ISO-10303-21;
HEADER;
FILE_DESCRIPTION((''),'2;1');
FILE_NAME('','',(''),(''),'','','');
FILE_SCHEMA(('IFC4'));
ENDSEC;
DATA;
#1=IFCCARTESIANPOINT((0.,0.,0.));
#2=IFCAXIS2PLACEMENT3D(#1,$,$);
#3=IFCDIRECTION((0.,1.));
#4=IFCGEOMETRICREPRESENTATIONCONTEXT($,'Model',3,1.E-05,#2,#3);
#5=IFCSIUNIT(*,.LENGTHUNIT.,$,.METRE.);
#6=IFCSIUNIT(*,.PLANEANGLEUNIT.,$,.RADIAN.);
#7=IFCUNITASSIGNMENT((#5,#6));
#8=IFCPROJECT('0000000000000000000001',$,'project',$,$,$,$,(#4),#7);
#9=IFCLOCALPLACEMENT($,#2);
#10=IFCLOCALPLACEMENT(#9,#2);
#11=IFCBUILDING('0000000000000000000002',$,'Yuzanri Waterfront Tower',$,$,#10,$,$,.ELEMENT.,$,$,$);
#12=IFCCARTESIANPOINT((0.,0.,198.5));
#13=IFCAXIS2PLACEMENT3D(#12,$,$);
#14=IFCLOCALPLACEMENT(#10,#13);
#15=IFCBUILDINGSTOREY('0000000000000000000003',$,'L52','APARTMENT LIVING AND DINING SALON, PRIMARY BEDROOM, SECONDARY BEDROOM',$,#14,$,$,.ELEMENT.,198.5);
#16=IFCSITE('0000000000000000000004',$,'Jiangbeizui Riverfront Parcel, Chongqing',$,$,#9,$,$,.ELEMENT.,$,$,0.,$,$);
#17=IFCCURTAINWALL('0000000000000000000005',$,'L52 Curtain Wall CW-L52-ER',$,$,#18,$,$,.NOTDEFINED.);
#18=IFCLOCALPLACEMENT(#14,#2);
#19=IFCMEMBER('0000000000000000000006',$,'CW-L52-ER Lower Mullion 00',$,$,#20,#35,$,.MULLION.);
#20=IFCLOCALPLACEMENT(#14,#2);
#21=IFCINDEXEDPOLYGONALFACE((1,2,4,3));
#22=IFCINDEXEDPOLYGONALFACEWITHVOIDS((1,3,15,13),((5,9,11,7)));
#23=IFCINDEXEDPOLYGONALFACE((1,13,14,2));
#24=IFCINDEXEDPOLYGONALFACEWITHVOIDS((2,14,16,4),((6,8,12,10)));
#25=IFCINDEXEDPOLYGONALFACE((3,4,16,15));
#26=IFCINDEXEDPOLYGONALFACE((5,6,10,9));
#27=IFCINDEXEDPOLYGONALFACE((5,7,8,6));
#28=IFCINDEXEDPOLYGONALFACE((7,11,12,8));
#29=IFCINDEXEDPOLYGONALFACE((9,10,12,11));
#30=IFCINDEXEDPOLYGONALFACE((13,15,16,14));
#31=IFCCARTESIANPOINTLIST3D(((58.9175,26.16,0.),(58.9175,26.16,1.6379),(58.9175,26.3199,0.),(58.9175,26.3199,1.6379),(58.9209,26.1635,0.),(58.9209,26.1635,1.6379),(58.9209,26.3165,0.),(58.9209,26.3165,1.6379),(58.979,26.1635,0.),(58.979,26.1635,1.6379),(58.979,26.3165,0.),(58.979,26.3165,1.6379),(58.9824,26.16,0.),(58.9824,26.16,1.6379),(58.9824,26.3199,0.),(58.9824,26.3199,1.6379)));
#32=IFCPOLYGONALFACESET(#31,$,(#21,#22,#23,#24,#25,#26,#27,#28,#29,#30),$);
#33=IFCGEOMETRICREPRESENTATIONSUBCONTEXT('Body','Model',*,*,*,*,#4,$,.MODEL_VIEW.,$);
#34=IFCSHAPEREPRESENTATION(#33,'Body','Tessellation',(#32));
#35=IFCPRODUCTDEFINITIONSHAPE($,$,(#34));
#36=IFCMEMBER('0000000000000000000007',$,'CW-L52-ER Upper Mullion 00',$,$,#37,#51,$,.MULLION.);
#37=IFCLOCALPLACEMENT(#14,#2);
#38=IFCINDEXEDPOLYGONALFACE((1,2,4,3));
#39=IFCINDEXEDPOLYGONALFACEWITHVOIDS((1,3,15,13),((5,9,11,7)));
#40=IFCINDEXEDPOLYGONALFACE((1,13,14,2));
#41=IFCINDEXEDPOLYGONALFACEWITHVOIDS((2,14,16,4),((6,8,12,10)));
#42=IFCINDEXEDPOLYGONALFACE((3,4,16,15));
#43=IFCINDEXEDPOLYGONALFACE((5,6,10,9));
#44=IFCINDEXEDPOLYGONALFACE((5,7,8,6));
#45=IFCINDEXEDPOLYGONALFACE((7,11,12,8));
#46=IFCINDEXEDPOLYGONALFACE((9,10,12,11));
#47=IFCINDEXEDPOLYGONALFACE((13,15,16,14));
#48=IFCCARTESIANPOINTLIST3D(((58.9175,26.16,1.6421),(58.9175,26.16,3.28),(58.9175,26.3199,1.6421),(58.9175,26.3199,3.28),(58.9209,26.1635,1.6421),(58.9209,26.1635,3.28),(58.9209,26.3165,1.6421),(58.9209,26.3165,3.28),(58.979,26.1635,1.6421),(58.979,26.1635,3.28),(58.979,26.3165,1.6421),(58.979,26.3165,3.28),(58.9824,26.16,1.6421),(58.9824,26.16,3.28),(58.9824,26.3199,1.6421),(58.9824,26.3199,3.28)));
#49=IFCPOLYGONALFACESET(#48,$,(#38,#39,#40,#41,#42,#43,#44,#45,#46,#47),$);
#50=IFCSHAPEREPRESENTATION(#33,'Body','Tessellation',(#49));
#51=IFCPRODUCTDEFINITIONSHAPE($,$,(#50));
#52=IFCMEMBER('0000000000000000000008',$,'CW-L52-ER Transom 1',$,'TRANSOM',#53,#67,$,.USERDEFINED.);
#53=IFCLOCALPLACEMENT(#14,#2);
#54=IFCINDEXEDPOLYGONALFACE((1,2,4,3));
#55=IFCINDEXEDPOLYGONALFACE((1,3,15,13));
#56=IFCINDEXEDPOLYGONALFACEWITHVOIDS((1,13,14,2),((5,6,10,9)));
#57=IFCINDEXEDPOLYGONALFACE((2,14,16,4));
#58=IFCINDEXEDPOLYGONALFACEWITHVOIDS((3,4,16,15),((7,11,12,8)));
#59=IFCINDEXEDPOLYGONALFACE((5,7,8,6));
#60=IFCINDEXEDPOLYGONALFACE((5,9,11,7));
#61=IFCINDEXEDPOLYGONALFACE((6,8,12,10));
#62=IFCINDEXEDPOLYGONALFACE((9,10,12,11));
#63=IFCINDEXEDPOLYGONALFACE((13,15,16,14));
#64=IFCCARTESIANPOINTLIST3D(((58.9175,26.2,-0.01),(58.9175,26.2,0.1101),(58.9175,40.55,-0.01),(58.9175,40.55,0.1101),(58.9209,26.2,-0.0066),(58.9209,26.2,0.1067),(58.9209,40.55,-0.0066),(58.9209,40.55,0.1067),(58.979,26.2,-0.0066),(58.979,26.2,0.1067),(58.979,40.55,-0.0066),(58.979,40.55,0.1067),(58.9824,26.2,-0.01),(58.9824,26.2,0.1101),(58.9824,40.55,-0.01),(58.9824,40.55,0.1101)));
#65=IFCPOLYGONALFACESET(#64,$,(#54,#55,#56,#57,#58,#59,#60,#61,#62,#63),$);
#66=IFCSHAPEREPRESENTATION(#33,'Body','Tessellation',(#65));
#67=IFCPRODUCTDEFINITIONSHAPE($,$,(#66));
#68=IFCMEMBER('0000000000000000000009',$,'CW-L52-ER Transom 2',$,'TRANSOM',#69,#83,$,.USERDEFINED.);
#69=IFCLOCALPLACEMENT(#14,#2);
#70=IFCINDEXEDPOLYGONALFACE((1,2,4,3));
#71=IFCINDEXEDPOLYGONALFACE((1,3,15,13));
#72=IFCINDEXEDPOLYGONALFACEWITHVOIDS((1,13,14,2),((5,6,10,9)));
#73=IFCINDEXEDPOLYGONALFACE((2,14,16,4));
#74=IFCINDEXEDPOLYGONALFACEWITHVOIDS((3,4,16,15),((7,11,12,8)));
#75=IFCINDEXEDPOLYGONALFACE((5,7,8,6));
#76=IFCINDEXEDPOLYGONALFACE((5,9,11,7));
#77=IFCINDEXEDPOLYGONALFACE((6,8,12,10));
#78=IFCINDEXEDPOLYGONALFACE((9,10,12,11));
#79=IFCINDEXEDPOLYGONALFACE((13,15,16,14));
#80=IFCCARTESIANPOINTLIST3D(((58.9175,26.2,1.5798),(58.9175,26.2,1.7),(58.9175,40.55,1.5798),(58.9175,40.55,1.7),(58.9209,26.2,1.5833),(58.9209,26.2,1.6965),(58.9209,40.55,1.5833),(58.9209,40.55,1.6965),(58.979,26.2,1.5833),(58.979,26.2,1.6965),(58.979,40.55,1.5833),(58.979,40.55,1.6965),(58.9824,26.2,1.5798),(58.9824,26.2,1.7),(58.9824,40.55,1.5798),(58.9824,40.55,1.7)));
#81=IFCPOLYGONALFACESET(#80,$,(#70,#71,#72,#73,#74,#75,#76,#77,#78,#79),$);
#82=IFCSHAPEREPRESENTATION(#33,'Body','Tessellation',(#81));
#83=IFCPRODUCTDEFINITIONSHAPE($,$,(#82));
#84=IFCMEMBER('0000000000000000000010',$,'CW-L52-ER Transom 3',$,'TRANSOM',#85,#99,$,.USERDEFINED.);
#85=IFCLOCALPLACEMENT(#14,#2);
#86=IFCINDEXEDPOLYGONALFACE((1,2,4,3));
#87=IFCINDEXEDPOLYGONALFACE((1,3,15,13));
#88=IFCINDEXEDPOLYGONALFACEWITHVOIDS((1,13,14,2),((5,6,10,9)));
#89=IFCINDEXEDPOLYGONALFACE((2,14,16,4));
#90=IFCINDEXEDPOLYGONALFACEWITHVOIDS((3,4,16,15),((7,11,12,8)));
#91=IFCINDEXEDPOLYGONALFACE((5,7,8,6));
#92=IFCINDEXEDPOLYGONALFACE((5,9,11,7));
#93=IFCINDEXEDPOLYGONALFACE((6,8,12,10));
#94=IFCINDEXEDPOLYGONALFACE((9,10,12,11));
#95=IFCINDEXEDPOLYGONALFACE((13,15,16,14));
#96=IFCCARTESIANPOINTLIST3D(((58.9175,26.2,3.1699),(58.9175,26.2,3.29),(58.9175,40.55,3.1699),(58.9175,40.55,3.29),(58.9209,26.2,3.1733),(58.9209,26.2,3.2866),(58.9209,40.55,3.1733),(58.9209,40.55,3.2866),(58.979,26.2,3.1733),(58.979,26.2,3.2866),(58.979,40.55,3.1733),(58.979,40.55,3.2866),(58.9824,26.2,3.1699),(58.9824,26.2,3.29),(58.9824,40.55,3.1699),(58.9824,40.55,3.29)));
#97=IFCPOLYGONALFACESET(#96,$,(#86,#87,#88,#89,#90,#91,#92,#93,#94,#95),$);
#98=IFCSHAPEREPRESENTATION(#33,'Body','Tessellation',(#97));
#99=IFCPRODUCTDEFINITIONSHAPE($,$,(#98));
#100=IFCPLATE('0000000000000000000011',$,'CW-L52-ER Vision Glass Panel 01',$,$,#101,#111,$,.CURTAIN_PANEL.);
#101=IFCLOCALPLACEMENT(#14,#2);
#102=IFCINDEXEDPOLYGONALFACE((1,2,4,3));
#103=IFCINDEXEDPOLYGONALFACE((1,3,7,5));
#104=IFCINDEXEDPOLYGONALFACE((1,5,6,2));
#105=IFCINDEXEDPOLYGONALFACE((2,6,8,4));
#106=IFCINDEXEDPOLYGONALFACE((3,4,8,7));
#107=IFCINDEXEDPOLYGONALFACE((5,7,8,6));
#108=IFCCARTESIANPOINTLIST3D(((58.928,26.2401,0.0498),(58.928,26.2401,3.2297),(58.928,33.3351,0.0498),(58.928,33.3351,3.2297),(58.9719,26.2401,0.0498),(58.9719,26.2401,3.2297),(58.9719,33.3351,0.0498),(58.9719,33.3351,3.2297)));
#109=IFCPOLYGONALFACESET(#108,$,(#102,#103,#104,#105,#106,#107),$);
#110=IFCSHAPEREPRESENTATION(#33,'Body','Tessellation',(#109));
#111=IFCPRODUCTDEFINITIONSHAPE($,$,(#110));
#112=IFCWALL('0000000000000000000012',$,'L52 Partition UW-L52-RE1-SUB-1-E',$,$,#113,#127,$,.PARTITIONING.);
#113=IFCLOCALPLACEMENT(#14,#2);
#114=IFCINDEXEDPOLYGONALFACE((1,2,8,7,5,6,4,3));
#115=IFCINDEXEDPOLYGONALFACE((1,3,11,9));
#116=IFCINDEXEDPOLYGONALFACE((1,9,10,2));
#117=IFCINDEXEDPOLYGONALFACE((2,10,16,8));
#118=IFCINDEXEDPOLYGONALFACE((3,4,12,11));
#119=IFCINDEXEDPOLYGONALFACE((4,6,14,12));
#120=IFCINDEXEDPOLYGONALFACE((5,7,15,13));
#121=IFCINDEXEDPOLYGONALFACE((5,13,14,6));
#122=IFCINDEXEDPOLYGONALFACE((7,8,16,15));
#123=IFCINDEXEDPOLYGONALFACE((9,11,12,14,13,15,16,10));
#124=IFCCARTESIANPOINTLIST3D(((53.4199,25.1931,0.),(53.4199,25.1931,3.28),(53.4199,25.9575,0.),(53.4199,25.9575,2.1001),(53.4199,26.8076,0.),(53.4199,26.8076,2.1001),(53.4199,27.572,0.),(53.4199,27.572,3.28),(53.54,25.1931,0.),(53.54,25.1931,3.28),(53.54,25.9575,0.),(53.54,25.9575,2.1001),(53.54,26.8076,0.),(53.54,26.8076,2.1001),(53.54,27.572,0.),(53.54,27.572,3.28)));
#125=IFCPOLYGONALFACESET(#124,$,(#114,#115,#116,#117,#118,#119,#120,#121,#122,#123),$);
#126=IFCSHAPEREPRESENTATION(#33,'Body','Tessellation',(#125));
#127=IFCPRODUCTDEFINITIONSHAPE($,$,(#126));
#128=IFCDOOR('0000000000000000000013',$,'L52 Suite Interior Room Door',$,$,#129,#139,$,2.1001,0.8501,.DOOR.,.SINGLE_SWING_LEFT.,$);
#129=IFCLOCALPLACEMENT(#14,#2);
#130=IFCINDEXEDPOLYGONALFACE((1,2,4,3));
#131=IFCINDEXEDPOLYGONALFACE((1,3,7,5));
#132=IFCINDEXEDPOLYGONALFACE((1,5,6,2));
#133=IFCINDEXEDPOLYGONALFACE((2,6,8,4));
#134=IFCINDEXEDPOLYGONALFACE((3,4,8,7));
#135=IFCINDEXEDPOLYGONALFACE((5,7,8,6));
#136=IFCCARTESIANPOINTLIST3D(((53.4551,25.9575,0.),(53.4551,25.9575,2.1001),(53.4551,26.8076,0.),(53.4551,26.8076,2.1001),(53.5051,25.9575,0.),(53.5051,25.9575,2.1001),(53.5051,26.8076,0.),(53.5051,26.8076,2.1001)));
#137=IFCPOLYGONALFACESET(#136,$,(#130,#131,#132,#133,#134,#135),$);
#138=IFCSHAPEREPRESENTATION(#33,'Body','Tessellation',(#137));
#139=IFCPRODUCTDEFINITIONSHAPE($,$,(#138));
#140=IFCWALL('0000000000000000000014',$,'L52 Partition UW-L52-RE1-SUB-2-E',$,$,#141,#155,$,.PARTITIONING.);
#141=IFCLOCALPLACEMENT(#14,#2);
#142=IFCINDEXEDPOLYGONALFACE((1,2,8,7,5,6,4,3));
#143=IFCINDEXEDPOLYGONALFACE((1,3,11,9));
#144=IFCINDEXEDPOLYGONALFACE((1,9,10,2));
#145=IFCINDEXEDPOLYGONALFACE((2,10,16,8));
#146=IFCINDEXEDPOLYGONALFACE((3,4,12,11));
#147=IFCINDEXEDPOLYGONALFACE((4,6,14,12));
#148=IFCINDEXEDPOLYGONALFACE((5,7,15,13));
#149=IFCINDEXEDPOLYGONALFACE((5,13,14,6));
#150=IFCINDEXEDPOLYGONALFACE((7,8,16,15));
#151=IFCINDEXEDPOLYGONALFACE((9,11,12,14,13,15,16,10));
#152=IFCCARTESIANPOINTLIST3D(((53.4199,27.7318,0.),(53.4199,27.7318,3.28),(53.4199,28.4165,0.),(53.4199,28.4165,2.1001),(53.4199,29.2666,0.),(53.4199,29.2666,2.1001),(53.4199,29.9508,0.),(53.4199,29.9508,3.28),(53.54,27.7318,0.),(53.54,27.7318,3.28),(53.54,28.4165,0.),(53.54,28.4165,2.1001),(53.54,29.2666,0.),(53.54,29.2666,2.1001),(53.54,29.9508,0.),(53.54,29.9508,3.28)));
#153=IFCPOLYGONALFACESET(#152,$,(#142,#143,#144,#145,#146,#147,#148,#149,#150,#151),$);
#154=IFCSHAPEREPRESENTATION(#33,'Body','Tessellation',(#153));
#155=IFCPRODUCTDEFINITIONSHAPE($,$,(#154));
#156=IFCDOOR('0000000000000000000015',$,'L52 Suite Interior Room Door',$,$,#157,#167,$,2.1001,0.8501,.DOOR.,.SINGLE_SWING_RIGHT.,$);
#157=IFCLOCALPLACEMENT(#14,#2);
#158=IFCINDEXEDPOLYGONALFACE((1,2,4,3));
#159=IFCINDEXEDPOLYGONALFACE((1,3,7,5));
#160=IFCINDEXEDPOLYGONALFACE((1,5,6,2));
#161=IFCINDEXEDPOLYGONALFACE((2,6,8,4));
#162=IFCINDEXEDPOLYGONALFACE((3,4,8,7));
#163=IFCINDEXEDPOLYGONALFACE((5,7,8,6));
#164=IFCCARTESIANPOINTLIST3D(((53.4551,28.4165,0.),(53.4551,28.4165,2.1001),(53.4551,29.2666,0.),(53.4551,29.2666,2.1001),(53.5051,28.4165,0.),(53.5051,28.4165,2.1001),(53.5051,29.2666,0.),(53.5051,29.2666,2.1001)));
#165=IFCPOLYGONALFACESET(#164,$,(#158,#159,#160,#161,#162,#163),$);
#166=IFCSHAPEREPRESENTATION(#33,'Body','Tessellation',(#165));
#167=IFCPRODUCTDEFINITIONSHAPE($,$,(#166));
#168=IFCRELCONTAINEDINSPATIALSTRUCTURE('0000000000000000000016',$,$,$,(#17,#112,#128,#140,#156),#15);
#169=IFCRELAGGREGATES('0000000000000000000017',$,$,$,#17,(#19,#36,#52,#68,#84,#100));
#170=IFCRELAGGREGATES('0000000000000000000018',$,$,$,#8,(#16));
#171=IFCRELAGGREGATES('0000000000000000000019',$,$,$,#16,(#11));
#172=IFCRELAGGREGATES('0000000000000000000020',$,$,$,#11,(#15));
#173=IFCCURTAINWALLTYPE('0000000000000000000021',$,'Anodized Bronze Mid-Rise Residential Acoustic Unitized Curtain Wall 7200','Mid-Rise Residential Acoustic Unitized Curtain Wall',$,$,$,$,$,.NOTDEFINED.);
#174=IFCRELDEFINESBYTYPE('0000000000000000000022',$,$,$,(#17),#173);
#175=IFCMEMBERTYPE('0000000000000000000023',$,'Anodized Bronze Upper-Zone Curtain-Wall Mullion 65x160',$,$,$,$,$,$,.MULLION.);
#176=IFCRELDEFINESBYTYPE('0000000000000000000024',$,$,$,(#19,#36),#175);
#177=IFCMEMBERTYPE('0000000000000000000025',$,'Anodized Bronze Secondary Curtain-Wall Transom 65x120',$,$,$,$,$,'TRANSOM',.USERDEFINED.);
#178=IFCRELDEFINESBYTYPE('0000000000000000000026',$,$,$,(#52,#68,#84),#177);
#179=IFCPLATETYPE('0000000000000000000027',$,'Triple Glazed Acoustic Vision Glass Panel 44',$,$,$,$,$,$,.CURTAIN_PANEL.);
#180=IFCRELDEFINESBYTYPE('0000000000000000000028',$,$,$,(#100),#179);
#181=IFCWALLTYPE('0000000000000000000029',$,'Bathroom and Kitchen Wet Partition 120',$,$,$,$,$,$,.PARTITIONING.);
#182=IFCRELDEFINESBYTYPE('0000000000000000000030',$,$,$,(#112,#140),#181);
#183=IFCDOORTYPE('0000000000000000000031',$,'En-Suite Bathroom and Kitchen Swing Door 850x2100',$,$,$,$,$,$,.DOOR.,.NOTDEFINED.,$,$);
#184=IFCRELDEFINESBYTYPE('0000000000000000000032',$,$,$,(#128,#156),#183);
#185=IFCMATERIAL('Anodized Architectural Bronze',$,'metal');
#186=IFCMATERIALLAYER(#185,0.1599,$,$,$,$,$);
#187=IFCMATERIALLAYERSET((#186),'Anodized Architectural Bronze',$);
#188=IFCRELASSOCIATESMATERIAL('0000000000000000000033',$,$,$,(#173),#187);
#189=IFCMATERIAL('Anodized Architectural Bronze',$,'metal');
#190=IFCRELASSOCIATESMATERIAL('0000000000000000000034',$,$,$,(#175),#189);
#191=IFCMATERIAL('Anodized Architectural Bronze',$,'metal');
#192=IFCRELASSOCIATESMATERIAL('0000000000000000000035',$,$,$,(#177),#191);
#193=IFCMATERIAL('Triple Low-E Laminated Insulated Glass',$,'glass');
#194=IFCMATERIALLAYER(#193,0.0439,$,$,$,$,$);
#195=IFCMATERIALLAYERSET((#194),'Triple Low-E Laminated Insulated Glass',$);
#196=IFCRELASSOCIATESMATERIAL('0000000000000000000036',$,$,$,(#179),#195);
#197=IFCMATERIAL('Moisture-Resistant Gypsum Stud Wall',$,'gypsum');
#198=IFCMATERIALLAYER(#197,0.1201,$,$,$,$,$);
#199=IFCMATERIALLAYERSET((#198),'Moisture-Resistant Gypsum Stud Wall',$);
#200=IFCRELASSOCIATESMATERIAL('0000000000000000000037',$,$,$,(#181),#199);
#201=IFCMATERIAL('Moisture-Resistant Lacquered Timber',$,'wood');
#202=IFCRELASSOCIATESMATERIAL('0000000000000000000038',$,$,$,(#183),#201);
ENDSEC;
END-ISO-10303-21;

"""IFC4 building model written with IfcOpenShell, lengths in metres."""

from ifc_helpers import new_model, si_unit, direction, frame, frame_2d, origin, origin_2d, place, context, subcontext, project, spatial, rectangle, hollow_rectangle, extrude, source, transform, mapped, material, layer, layer_set, material_profile, profile_set, type_object, element, fill, aggregate, save


model = new_model("IFC4")

# Units and contexts
model_context = context("Model", 3, precision=1e-05, world=origin(), true_north=direction((0.0, 1.0)))
body_context = subcontext(model_context, "Body", "Model", "MODEL_VIEW")
ifc_project = project(units=[si_unit("LENGTHUNIT", "METRE"), si_unit("PLANEANGLEUNIT", "RADIAN")], contexts=[model_context])

# Site, building, storey
site_placement = place(None, origin())
site = spatial("IfcSite", under=ifc_project, at=site_placement, Name="Jiangbeizui Riverfront Parcel, Chongqing", CompositionType="ELEMENT", RefElevation=0.0)
building_placement = place(site_placement, origin())
building = spatial("IfcBuilding", under=site, at=building_placement, Name="Yuzanri Waterfront Tower", CompositionType="ELEMENT")
storey_placement = place(building_placement, frame((0.0, 0.0, 198.5)))
storey = spatial("IfcBuildingStorey", under=building, at=storey_placement, Name="L52", Description="APARTMENT LIVING AND DINING SALON, PRIMARY BEDROOM, SECONDARY BEDROOM", CompositionType="ELEMENT", Elevation=198.5)

# Shared definitions
ifc_material_1 = material(Name="Anodized Architectural Bronze", Category="metal")
ifc_layer_1 = layer(ifc_material_1, 0.1599)
ifc_layer_set_1 = layer_set([ifc_layer_1], Name="Anodized Architectural Bronze")
curtain_wall_type = type_object("IfcCurtainWallType", Name="Anodized Bronze Mid-Rise Residential Acoustic Unitized Curtain Wall 7200", Description="Mid-Rise Residential Acoustic Unitized Curtain Wall", PredefinedType="NOTDEFINED", material=ifc_layer_set_1)
ifc_material_2 = material(Name="Anodized Architectural Bronze", Category="metal")
ifc_material_profile_1 = material_profile(ifc_material_2, hollow_rectangle(XDim=0.0649, YDim=0.1599, WallThickness=0.0034, at=origin_2d()), Name="CWM 65x160")
ifc_profile_set_1 = profile_set([ifc_material_profile_1], Name="Anodized Architectural Bronze")
member_type_1 = type_object("IfcMemberType", Name="Anodized Bronze Upper-Zone Curtain-Wall Mullion 65x160", PredefinedType="MULLION", material=ifc_profile_set_1)
shared_shape_1 = source(origin(), body_context, "Body", "SweptSolid", [
    extrude(hollow_rectangle(XDim=0.0649, YDim=0.1599, WallThickness=0.0034, at=origin_2d()), origin(), (0.0, 0.0, 1.0), 1.6379),
])

# Curtain wall, members, plate
curtain_wall_1_placement = place(storey_placement, origin())
curtain_wall_1 = element("IfcCurtainWall", 1, at=curtain_wall_1_placement, inside=storey, type_object=curtain_wall_type, Name="L52 Curtain Wall CW-L52-ER", PredefinedType="NOTDEFINED")
member_1_placement = place(storey_placement, frame((58.95, 26.24, 0.0), z_axis=(0.0, 0.0, 1.0), x_axis=(1.0, 0.0, 0.0)))
member_1 = element("IfcMember", 2, at=member_1_placement, type_object=member_type_1, Name="CW-L52-ER Lower Mullion 00", PredefinedType="MULLION", context=body_context, shape_type="MappedRepresentation", body=[
    mapped(shared_shape_1, transform((0.0, 0.0, 0.0), scale=1.0)),
])
member_2_placement = place(storey_placement, frame((58.95, 26.24, 1.6421), z_axis=(0.0, 0.0, 1.0), x_axis=(1.0, 0.0, 0.0)))
member_2 = element("IfcMember", 3, at=member_2_placement, type_object=member_type_1, Name="CW-L52-ER Upper Mullion 00", PredefinedType="MULLION", context=body_context, shape_type="MappedRepresentation", body=[
    mapped(shared_shape_1, transform((0.0, 0.0, 0.0), scale=1.0)),
])
ifc_material_3 = material(Name="Anodized Architectural Bronze", Category="metal")
ifc_material_profile_2 = material_profile(ifc_material_3, hollow_rectangle(XDim=0.0649, YDim=0.1201, WallThickness=0.0034, at=origin_2d()), Name="CWT 65x120")
ifc_profile_set_2 = profile_set([ifc_material_profile_2], Name="Anodized Architectural Bronze")
member_type_2 = type_object("IfcMemberType", Name="Anodized Bronze Secondary Curtain-Wall Transom 65x120", ElementType="TRANSOM", PredefinedType="USERDEFINED", material=ifc_profile_set_2)
shared_shape_2 = source(origin(), body_context, "Body", "SweptSolid", [
    extrude(hollow_rectangle(XDim=0.0649, YDim=0.1201, WallThickness=0.0034, at=origin_2d()), origin(), (0.0, 0.0, 1.0), 14.3501),
])
member_3_placement = place(storey_placement, frame((58.95, 26.2, 0.05), z_axis=(0.0, 1.0, 0.0), x_axis=(-1.0, 0.0, 0.0)))
member_3 = element("IfcMember", 4, at=member_3_placement, type_object=member_type_2, Name="CW-L52-ER Transom 1", ObjectType="TRANSOM", PredefinedType="USERDEFINED", context=body_context, shape_type="MappedRepresentation", body=[
    mapped(shared_shape_2, transform((0.0, 0.0, 0.0), scale=1.0)),
])
member_4_placement = place(storey_placement, frame((58.95, 26.2, 1.6399), z_axis=(0.0, 1.0, 0.0), x_axis=(-1.0, 0.0, 0.0)))
member_4 = element("IfcMember", 5, at=member_4_placement, type_object=member_type_2, Name="CW-L52-ER Transom 2", ObjectType="TRANSOM", PredefinedType="USERDEFINED", context=body_context, shape_type="MappedRepresentation", body=[
    mapped(shared_shape_2, transform((0.0, 0.0, 0.0), scale=1.0)),
])
member_5_placement = place(storey_placement, frame((58.95, 26.2, 3.23), z_axis=(0.0, 1.0, 0.0), x_axis=(-1.0, 0.0, 0.0)))
member_5 = element("IfcMember", 6, at=member_5_placement, type_object=member_type_2, Name="CW-L52-ER Transom 3", ObjectType="TRANSOM", PredefinedType="USERDEFINED", context=body_context, shape_type="MappedRepresentation", body=[
    mapped(shared_shape_2, transform((0.0, 0.0, 0.0), scale=1.0)),
])
ifc_material_4 = material(Name="Triple Low-E Laminated Insulated Glass", Category="glass")
ifc_layer_2 = layer(ifc_material_4, 0.0439)
ifc_layer_set_2 = layer_set([ifc_layer_2], Name="Triple Low-E Laminated Insulated Glass")
plate_type = type_object("IfcPlateType", Name="Triple Glazed Acoustic Vision Glass Panel 44", PredefinedType="CURTAIN_PANEL", material=ifc_layer_set_2)
shared_shape_3 = source(origin(), body_context, "Body", "SweptSolid", [
    extrude(rectangle(XDim=7.095, YDim=0.0439, at=origin_2d()), origin(), (0.0, 0.0, 1.0), 3.1799),
])
plate_placement = place(storey_placement, frame((58.95, 29.7876, 0.0498), z_axis=(0.0, 0.0, 1.0), x_axis=(0.0, 1.0, 0.0)))
plate = element("IfcPlate", 7, at=plate_placement, type_object=plate_type, Name="CW-L52-ER Vision Glass Panel 01", PredefinedType="CURTAIN_PANEL", context=body_context, shape_type="MappedRepresentation", body=[
    mapped(shared_shape_3, transform((0.0, 0.0, 0.0), scale=1.0)),
])
aggregate(curtain_wall_1, [member_1, member_2, member_3, member_4, member_5, plate])

# Walls, openings, doors
ifc_material_5 = material(Name="Moisture-Resistant Gypsum Stud Wall", Category="gypsum")
ifc_layer_3 = layer(ifc_material_5, 0.1201)
ifc_layer_set_3 = layer_set([ifc_layer_3], Name="Moisture-Resistant Gypsum Stud Wall")
wall_type_1 = type_object("IfcWallType", Name="Bathroom and Kitchen Wet Partition 120", PredefinedType="PARTITIONING", material=ifc_layer_set_3)
wall_1_placement = place(storey_placement, frame((53.48, 25.1931, 0.0), z_axis=(0.0, 0.0, 1.0), x_axis=(0.0, 1.0, 0.0)))
wall_1 = element("IfcWall", 8, at=wall_1_placement, inside=storey, type_object=wall_type_1, Name="L52 Partition UW-L52-RE1-SUB-1-E", PredefinedType="PARTITIONING", context=body_context, shape_type="SweptSolid", body=[
    extrude(rectangle(XDim=2.3789, YDim=0.1201, at=frame_2d((1.1895, 0.0))), origin(), (0.0, 0.0, 1.0), 3.28),
])
opening_1_placement = place(wall_1_placement, frame((0.7644, 0.0, 0.0)))
opening_1 = element("IfcOpeningElement", 9, at=opening_1_placement, cuts=wall_1, PredefinedType="OPENING", context=body_context, shape_type="SweptSolid", body=[
    extrude(rectangle(XDim=0.8501, YDim=2.1001, at=frame_2d((0.425, 1.05))), frame((0.0, 0.075, 0.0), z_axis=(0.0, -1.0, 0.0), x_axis=(1.0, 0.0, 0.0)), (0.0, 0.0, 1.0), 0.1499),
])
ifc_material_6 = material(Name="Moisture-Resistant Lacquered Timber", Category="wood")
door_type_1 = type_object("IfcDoorType", Name="En-Suite Bathroom and Kitchen Swing Door 850x2100", OperationType="NOTDEFINED", PredefinedType="DOOR", material=ifc_material_6)
shared_shape_4 = source(origin(), body_context, "Body", "SweptSolid", [
    extrude(rectangle(XDim=0.8501, YDim=2.1001, at=frame_2d((0.425, 1.05))), frame((0.0, 0.0249, 0.0), z_axis=(0.0, -1.0, 0.0), x_axis=(1.0, 0.0, 0.0)), (0.0, 0.0, 1.0), 0.05),
])
door_1_placement = place(opening_1_placement, origin())
door_1 = element("IfcDoor", 10, at=door_1_placement, inside=storey, type_object=door_type_1, Name="L52 Suite Interior Room Door", OperationType="SINGLE_SWING_LEFT", OverallHeight=2.1001, OverallWidth=0.8501, PredefinedType="DOOR", context=body_context, shape_type="MappedRepresentation", body=[
    mapped(shared_shape_4, transform((0.0, 0.0, 0.0), scale=1.0)),
])
fill(opening_1, door_1)
wall_2_placement = place(storey_placement, frame((53.48, 27.7319, 0.0), z_axis=(0.0, 0.0, 1.0), x_axis=(0.0, 1.0, 0.0)))
wall_2 = element("IfcWall", 11, at=wall_2_placement, inside=storey, type_object=wall_type_1, Name="L52 Partition UW-L52-RE1-SUB-2-E", PredefinedType="PARTITIONING", context=body_context, shape_type="SweptSolid", body=[
    extrude(rectangle(XDim=2.219, YDim=0.1201, at=frame_2d((1.1094, 0.0))), origin(), (0.0, 0.0, 1.0), 3.28),
])
opening_2_placement = place(wall_2_placement, frame((0.6846, 0.0, 0.0)))
opening_2 = element("IfcOpeningElement", 12, at=opening_2_placement, cuts=wall_2, PredefinedType="OPENING", context=body_context, shape_type="SweptSolid", body=[
    extrude(rectangle(XDim=0.8501, YDim=2.1001, at=frame_2d((0.425, 1.05))), frame((0.0, 0.075, 0.0), z_axis=(0.0, -1.0, 0.0), x_axis=(1.0, 0.0, 0.0)), (0.0, 0.0, 1.0), 0.1499),
])
door_2_placement = place(opening_2_placement, origin())
door_2 = element("IfcDoor", 13, at=door_2_placement, inside=storey, type_object=door_type_1, Name="L52 Suite Interior Room Door", OperationType="SINGLE_SWING_RIGHT", OverallHeight=2.1001, OverallWidth=0.8501, PredefinedType="DOOR", context=body_context, shape_type="MappedRepresentation", body=[
    mapped(shared_shape_4, transform((0.0, 0.0, 0.0), scale=1.0)),
])
fill(opening_2, door_2)

save(model, "model.ifc")
